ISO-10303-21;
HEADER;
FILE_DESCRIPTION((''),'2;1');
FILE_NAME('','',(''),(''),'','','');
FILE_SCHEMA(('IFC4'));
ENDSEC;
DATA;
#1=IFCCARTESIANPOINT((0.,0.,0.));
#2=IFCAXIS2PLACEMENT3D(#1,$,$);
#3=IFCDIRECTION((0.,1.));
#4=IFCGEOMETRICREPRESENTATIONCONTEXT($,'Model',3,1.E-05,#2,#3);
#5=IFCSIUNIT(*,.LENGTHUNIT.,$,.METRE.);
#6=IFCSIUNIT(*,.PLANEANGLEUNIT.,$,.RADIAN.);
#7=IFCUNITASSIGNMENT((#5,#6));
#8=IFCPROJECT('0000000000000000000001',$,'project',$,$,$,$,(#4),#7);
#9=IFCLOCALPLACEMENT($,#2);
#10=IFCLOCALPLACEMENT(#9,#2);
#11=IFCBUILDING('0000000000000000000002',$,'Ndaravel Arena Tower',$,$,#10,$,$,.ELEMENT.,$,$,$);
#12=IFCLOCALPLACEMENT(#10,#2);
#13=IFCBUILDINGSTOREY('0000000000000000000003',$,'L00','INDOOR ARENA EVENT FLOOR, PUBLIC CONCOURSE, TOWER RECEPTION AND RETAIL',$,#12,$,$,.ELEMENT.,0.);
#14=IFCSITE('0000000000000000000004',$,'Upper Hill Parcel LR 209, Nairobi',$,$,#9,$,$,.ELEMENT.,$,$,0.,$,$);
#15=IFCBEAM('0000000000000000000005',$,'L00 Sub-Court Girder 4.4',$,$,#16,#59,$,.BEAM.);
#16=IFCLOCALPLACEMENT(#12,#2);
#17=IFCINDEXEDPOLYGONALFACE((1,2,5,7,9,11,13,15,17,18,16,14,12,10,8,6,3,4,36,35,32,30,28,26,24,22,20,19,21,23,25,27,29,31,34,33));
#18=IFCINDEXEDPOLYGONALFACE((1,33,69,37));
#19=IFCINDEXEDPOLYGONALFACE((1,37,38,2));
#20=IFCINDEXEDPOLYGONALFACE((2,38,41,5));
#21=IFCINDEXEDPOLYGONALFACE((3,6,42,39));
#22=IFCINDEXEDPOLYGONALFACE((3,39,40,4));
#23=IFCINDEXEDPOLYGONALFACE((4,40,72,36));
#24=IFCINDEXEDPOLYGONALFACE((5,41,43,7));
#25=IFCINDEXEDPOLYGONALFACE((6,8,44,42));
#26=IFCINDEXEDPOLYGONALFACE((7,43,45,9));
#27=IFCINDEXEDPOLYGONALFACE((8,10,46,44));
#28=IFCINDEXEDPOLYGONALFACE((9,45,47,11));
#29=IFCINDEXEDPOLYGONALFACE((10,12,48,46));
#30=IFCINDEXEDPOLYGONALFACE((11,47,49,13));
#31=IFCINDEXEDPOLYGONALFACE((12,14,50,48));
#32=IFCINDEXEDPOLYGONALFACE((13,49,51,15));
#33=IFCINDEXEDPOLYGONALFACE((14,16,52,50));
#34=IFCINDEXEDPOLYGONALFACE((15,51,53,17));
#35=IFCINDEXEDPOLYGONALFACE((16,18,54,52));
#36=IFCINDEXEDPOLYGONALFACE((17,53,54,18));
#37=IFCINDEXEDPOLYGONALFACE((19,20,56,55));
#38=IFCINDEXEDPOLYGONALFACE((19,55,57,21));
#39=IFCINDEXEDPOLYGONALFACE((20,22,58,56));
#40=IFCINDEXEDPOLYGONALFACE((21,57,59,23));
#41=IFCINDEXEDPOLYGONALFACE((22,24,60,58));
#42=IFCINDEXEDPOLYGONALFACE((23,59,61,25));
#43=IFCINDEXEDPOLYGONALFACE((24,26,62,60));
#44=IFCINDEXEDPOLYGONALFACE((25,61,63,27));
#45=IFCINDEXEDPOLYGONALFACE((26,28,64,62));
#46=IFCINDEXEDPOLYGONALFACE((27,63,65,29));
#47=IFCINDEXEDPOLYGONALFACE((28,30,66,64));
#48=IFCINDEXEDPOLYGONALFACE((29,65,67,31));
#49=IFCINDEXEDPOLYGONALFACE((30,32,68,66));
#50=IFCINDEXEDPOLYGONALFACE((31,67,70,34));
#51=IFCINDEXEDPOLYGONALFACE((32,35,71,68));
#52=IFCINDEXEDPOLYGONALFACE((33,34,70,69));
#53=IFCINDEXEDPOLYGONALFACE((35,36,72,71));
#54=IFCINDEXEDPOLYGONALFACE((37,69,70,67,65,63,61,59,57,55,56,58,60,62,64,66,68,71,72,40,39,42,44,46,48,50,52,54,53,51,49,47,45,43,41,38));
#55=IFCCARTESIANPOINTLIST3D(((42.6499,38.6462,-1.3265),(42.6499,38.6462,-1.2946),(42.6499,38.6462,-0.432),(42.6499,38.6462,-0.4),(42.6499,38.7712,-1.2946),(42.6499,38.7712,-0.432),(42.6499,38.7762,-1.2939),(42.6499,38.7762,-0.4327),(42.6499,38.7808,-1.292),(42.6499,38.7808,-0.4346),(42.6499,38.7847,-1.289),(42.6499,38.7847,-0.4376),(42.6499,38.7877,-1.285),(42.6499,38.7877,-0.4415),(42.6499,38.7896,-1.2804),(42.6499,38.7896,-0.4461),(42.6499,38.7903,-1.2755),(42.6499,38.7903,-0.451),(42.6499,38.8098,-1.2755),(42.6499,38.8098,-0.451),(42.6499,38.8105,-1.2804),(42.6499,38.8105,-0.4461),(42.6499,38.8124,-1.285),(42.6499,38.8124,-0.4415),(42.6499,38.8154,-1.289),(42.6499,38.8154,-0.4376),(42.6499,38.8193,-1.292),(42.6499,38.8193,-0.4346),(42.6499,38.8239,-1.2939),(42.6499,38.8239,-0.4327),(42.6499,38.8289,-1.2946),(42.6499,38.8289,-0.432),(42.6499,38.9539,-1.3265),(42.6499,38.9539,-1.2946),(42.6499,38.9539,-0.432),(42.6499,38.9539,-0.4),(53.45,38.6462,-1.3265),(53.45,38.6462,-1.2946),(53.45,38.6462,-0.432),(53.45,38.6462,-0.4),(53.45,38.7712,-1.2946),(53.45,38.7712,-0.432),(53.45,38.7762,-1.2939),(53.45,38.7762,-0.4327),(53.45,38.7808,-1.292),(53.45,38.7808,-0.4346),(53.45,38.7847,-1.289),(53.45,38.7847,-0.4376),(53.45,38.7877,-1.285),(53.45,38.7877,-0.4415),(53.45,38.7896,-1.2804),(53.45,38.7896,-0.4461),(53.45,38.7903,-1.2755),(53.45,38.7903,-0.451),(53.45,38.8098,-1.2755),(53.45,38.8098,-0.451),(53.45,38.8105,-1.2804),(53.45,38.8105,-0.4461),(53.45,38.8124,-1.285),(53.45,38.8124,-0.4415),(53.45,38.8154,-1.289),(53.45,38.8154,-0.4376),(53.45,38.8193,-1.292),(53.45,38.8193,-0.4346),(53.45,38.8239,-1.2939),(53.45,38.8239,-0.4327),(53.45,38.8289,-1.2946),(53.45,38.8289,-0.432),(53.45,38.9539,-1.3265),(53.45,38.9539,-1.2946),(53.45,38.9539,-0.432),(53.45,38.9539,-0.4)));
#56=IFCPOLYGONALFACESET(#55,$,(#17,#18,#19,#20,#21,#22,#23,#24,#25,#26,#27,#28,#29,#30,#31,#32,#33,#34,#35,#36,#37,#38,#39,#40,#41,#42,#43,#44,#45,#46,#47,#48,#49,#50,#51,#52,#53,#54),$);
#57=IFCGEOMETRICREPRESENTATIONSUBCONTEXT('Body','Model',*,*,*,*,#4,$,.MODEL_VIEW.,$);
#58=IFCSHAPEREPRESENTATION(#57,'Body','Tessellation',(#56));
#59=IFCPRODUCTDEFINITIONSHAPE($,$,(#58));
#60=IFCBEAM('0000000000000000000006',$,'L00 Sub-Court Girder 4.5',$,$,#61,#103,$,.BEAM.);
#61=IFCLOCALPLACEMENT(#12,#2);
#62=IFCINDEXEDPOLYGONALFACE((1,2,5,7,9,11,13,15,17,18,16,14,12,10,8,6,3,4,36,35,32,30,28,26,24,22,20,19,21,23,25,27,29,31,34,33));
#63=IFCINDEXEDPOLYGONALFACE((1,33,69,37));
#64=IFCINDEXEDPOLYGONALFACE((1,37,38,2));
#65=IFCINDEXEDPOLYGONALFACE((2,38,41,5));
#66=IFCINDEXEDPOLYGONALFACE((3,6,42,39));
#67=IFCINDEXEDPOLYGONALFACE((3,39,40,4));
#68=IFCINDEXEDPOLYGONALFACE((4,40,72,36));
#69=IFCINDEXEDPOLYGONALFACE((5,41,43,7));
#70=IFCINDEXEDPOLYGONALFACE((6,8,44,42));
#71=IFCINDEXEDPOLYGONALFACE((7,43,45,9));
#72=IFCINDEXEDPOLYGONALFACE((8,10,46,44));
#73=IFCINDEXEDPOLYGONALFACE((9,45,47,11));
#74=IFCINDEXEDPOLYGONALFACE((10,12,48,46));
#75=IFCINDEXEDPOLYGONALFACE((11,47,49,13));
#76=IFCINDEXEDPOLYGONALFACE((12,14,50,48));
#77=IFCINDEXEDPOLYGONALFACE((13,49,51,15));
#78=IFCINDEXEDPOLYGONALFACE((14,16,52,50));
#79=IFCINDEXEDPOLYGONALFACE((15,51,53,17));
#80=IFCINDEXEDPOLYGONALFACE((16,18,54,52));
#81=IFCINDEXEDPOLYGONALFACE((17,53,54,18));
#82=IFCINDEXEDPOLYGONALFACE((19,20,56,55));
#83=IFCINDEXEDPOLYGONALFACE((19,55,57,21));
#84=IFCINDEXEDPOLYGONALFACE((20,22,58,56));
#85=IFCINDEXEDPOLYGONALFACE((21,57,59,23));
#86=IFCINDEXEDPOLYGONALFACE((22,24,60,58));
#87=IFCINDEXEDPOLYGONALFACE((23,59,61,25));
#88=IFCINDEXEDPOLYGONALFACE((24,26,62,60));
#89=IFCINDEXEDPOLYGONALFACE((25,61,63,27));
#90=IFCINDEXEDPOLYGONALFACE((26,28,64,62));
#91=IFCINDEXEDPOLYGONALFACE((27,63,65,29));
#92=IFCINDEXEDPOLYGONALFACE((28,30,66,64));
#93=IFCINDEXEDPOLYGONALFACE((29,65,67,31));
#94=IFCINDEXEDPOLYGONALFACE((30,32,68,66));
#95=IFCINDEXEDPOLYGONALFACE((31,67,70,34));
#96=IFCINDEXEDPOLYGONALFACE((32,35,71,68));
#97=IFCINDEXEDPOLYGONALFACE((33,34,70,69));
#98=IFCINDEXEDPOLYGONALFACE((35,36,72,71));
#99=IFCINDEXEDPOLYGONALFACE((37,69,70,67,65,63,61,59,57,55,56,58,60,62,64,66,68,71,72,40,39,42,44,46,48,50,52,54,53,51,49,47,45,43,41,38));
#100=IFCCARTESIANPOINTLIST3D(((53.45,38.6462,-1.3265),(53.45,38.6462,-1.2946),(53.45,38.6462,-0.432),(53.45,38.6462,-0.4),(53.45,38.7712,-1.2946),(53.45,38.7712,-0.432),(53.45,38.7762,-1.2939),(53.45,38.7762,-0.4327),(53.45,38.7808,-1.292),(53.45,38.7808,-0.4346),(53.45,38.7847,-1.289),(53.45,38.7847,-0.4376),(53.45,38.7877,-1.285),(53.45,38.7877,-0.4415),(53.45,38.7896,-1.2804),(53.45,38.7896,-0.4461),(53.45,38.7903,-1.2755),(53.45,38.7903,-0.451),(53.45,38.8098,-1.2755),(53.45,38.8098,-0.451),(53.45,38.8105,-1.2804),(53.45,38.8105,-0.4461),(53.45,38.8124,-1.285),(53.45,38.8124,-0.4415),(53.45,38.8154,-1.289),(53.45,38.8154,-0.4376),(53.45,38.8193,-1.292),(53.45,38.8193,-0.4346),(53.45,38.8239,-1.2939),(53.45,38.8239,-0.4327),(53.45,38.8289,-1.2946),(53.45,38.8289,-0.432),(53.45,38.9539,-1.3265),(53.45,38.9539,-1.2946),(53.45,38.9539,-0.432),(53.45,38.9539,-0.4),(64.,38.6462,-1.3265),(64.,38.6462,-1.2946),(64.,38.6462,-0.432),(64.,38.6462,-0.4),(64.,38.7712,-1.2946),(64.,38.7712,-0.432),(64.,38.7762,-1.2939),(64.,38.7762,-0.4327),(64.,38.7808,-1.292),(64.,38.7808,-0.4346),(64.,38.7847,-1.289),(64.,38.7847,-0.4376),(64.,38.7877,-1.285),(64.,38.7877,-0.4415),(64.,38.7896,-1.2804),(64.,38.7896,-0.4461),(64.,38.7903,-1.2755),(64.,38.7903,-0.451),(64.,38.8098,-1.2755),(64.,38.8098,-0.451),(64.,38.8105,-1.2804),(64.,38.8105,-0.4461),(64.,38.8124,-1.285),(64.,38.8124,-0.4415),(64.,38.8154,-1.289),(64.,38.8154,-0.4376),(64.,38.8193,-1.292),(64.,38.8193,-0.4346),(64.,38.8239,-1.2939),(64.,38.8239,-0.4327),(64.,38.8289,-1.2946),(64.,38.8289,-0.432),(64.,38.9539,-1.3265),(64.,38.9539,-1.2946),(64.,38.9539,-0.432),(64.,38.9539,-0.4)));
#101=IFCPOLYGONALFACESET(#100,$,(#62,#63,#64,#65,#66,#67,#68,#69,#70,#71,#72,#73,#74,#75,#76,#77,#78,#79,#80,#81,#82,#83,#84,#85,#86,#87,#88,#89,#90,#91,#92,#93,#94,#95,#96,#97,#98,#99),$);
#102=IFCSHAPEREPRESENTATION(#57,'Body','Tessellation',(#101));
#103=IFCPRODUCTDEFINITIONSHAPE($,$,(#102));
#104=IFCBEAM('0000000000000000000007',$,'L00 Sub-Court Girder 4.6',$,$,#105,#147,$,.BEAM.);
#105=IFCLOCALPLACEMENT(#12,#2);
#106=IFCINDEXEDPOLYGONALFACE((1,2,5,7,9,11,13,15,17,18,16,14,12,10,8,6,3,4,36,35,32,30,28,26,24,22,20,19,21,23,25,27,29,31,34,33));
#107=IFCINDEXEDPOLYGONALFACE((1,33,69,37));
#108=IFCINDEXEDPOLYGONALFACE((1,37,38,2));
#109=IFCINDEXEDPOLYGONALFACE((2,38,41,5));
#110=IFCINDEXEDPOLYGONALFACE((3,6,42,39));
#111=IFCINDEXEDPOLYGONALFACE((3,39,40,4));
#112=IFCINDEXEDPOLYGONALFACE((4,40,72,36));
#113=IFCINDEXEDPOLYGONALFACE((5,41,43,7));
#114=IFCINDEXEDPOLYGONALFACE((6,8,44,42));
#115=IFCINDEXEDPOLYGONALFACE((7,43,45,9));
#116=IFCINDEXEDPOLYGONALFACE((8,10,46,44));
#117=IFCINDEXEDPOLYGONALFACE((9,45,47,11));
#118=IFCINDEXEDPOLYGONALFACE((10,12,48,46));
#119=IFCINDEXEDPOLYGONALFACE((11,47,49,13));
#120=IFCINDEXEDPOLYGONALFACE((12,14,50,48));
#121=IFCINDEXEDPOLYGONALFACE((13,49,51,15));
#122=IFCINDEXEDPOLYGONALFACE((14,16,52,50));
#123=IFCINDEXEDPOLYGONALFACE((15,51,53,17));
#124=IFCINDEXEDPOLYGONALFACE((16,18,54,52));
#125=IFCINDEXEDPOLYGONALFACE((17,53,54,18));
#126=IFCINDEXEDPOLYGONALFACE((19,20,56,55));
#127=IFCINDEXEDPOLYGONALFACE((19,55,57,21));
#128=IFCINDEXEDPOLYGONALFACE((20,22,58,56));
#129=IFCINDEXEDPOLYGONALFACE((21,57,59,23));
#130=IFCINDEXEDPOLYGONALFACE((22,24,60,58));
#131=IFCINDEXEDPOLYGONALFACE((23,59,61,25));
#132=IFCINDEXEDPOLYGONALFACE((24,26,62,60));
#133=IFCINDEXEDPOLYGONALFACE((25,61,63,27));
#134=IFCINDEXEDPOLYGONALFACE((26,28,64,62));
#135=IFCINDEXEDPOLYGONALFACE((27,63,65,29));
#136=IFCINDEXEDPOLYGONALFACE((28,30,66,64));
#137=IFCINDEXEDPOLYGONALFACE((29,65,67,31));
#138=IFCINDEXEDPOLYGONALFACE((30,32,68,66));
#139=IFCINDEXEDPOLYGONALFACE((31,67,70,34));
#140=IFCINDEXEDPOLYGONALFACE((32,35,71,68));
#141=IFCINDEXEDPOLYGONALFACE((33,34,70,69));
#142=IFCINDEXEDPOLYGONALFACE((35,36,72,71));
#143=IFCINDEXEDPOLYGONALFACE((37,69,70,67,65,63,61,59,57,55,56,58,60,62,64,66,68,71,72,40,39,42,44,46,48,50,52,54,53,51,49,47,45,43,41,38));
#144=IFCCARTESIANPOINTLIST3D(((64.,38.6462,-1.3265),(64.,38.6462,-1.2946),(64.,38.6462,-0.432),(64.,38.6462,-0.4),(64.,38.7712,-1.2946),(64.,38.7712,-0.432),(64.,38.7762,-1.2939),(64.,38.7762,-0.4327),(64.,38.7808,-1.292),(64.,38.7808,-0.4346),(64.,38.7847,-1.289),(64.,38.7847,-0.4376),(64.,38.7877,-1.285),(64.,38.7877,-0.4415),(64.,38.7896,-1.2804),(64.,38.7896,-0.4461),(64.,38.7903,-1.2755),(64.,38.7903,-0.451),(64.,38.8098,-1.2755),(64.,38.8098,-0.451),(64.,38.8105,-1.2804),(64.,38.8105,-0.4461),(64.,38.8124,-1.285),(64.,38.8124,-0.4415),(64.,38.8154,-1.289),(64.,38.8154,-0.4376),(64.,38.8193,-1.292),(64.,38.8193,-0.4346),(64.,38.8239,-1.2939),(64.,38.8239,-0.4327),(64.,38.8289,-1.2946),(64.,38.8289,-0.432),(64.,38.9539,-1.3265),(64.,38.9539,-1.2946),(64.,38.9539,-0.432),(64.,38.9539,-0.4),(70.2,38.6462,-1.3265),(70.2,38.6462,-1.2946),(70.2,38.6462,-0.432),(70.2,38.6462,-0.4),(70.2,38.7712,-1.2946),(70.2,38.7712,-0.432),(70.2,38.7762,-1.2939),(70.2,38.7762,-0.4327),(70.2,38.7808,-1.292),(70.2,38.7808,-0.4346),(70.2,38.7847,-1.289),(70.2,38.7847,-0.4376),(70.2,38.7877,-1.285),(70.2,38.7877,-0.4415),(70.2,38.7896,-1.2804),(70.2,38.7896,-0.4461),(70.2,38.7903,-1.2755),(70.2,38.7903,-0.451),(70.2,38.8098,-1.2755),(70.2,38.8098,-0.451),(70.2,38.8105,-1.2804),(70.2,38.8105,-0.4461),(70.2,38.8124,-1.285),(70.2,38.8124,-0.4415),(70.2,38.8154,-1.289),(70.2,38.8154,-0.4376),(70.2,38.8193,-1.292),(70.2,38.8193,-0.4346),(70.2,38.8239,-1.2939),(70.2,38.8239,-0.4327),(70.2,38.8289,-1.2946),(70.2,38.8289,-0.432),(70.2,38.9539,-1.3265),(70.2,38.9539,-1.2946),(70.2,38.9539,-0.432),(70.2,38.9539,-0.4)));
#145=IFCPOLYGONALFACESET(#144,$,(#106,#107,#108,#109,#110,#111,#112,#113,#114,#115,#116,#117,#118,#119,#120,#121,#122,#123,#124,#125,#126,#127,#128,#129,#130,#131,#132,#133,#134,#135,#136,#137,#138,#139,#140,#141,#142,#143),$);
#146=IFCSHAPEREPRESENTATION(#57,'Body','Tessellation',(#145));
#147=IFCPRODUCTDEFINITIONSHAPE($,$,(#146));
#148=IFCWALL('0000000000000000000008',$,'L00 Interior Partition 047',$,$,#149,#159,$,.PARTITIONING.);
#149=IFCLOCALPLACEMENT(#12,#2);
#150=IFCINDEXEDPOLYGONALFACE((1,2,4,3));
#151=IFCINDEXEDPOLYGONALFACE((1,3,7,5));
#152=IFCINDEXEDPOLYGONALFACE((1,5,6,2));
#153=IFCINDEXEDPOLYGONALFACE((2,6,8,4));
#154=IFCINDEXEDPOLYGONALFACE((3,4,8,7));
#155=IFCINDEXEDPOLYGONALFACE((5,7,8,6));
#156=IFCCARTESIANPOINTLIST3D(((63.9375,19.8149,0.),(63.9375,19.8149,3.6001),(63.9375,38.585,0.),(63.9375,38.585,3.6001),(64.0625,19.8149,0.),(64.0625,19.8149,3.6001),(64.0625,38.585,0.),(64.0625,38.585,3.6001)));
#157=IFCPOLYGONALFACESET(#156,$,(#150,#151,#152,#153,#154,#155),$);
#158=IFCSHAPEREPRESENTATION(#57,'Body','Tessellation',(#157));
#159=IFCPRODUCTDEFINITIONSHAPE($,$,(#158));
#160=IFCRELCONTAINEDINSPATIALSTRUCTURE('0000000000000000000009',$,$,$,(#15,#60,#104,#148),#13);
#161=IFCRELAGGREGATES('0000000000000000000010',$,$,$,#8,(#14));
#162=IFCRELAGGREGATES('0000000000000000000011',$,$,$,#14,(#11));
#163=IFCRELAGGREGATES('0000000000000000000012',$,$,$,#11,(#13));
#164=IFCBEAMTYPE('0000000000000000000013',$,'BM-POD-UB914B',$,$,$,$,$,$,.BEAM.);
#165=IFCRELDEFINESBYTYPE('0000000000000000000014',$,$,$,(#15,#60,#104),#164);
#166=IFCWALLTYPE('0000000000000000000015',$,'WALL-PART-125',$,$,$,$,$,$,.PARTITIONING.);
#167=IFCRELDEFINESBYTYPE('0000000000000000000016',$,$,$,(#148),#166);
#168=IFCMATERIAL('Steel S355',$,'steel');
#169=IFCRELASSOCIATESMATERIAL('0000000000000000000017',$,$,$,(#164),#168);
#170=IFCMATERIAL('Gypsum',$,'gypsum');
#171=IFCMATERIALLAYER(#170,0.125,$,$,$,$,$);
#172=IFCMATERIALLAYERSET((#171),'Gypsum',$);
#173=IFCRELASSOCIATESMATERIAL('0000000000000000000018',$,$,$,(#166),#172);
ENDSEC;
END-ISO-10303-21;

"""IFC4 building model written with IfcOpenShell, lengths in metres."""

from ifc_helpers import new_model, si_unit, direction, frame, frame_2d, origin, origin_2d, place, context, subcontext, project, spatial, rectangle, i_section, extrude, material, layer, layer_set, material_profile, profile_set, type_object, element, save


model = new_model("IFC4")

# Units and contexts
model_context = context("Model", 3, precision=1e-05, world=origin(), true_north=direction((0.0, 1.0)))
body_context = subcontext(model_context, "Body", "Model", "MODEL_VIEW")
ifc_project = project(units=[si_unit("LENGTHUNIT", "METRE"), si_unit("PLANEANGLEUNIT", "RADIAN")], contexts=[model_context])

# Site, building, storey
site_placement = place(None, origin())
site = spatial("IfcSite", under=ifc_project, at=site_placement, Name="Upper Hill Parcel LR 209, Nairobi", CompositionType="ELEMENT", RefElevation=0.0)
building_placement = place(site_placement, origin())
building = spatial("IfcBuilding", under=site, at=building_placement, Name="Ndaravel Arena Tower", CompositionType="ELEMENT")
storey_placement = place(building_placement, origin())
storey = spatial("IfcBuildingStorey", under=building, at=storey_placement, Name="L00", Description="INDOOR ARENA EVENT FLOOR, PUBLIC CONCOURSE, TOWER RECEPTION AND RETAIL", CompositionType="ELEMENT", Elevation=0.0)

# Beams
ifc_material_1 = material(Name="Steel S355", Category="steel")
ifc_material_profile_1 = material_profile(ifc_material_1, i_section(OverallWidth=0.3076, OverallDepth=0.9265, WebThickness=0.0195, FlangeThickness=0.032, FilletRadius=0.019, at=origin_2d()), Name="UB 914x305x289")
ifc_profile_set_1 = profile_set([ifc_material_profile_1], Name="Steel S355")
beam_type_1 = type_object("IfcBeamType", Name="BM-POD-UB914B", PredefinedType="BEAM", material=ifc_profile_set_1)
beam_1_placement = place(storey_placement, frame((42.6499, 38.8, -0.8633), z_axis=(1.0, 0.0, 0.0), x_axis=(0.0, 1.0, 0.0)))
element("IfcBeam", 1, at=beam_1_placement, inside=storey, type_object=beam_type_1, Name="L00 Sub-Court Girder 4.4", PredefinedType="BEAM", context=body_context, shape_type="SweptSolid", body=[
    extrude(i_section(OverallWidth=0.3076, OverallDepth=0.9265, WebThickness=0.0195, FlangeThickness=0.032, FilletRadius=0.019, at=origin_2d()), origin(), (0.0, 0.0, 1.0), 10.8),
])
beam_2_placement = place(storey_placement, frame((53.45, 38.8, -0.8633), z_axis=(1.0, 0.0, 0.0), x_axis=(0.0, 1.0, 0.0)))
element("IfcBeam", 2, at=beam_2_placement, inside=storey, type_object=beam_type_1, Name="L00 Sub-Court Girder 4.5", PredefinedType="BEAM", context=body_context, shape_type="SweptSolid", body=[
    extrude(i_section(OverallWidth=0.3076, OverallDepth=0.9265, WebThickness=0.0195, FlangeThickness=0.032, FilletRadius=0.019, at=origin_2d()), origin(), (0.0, 0.0, 1.0), 10.55),
])
beam_3_placement = place(storey_placement, frame((64.0, 38.8, -0.8633), z_axis=(1.0, 0.0, 0.0), x_axis=(0.0, 1.0, 0.0)))
element("IfcBeam", 3, at=beam_3_placement, inside=storey, type_object=beam_type_1, Name="L00 Sub-Court Girder 4.6", PredefinedType="BEAM", context=body_context, shape_type="SweptSolid", body=[
    extrude(i_section(OverallWidth=0.3076, OverallDepth=0.9265, WebThickness=0.0195, FlangeThickness=0.032, FilletRadius=0.019, at=origin_2d()), origin(), (0.0, 0.0, 1.0), 6.2),
])

# Wall
ifc_material_2 = material(Name="Gypsum", Category="gypsum")
ifc_layer = layer(ifc_material_2, 0.125)
ifc_layer_set = layer_set([ifc_layer], Name="Gypsum")
wall_type = type_object("IfcWallType", Name="WALL-PART-125", PredefinedType="PARTITIONING", material=ifc_layer_set)
wall_placement = place(storey_placement, frame((64.0, 38.585, 0.0), z_axis=(0.0, 0.0, 1.0), x_axis=(0.0, -1.0, 0.0)))
element("IfcWall", 4, at=wall_placement, inside=storey, type_object=wall_type, Name="L00 Interior Partition 047", PredefinedType="PARTITIONING", context=body_context, shape_type="SweptSolid", body=[
    extrude(rectangle(XDim=18.77, YDim=0.125, at=frame_2d((9.385, 0.0))), origin(), (0.0, 0.0, 1.0), 3.6001),
])

save(model, "model.ifc")
